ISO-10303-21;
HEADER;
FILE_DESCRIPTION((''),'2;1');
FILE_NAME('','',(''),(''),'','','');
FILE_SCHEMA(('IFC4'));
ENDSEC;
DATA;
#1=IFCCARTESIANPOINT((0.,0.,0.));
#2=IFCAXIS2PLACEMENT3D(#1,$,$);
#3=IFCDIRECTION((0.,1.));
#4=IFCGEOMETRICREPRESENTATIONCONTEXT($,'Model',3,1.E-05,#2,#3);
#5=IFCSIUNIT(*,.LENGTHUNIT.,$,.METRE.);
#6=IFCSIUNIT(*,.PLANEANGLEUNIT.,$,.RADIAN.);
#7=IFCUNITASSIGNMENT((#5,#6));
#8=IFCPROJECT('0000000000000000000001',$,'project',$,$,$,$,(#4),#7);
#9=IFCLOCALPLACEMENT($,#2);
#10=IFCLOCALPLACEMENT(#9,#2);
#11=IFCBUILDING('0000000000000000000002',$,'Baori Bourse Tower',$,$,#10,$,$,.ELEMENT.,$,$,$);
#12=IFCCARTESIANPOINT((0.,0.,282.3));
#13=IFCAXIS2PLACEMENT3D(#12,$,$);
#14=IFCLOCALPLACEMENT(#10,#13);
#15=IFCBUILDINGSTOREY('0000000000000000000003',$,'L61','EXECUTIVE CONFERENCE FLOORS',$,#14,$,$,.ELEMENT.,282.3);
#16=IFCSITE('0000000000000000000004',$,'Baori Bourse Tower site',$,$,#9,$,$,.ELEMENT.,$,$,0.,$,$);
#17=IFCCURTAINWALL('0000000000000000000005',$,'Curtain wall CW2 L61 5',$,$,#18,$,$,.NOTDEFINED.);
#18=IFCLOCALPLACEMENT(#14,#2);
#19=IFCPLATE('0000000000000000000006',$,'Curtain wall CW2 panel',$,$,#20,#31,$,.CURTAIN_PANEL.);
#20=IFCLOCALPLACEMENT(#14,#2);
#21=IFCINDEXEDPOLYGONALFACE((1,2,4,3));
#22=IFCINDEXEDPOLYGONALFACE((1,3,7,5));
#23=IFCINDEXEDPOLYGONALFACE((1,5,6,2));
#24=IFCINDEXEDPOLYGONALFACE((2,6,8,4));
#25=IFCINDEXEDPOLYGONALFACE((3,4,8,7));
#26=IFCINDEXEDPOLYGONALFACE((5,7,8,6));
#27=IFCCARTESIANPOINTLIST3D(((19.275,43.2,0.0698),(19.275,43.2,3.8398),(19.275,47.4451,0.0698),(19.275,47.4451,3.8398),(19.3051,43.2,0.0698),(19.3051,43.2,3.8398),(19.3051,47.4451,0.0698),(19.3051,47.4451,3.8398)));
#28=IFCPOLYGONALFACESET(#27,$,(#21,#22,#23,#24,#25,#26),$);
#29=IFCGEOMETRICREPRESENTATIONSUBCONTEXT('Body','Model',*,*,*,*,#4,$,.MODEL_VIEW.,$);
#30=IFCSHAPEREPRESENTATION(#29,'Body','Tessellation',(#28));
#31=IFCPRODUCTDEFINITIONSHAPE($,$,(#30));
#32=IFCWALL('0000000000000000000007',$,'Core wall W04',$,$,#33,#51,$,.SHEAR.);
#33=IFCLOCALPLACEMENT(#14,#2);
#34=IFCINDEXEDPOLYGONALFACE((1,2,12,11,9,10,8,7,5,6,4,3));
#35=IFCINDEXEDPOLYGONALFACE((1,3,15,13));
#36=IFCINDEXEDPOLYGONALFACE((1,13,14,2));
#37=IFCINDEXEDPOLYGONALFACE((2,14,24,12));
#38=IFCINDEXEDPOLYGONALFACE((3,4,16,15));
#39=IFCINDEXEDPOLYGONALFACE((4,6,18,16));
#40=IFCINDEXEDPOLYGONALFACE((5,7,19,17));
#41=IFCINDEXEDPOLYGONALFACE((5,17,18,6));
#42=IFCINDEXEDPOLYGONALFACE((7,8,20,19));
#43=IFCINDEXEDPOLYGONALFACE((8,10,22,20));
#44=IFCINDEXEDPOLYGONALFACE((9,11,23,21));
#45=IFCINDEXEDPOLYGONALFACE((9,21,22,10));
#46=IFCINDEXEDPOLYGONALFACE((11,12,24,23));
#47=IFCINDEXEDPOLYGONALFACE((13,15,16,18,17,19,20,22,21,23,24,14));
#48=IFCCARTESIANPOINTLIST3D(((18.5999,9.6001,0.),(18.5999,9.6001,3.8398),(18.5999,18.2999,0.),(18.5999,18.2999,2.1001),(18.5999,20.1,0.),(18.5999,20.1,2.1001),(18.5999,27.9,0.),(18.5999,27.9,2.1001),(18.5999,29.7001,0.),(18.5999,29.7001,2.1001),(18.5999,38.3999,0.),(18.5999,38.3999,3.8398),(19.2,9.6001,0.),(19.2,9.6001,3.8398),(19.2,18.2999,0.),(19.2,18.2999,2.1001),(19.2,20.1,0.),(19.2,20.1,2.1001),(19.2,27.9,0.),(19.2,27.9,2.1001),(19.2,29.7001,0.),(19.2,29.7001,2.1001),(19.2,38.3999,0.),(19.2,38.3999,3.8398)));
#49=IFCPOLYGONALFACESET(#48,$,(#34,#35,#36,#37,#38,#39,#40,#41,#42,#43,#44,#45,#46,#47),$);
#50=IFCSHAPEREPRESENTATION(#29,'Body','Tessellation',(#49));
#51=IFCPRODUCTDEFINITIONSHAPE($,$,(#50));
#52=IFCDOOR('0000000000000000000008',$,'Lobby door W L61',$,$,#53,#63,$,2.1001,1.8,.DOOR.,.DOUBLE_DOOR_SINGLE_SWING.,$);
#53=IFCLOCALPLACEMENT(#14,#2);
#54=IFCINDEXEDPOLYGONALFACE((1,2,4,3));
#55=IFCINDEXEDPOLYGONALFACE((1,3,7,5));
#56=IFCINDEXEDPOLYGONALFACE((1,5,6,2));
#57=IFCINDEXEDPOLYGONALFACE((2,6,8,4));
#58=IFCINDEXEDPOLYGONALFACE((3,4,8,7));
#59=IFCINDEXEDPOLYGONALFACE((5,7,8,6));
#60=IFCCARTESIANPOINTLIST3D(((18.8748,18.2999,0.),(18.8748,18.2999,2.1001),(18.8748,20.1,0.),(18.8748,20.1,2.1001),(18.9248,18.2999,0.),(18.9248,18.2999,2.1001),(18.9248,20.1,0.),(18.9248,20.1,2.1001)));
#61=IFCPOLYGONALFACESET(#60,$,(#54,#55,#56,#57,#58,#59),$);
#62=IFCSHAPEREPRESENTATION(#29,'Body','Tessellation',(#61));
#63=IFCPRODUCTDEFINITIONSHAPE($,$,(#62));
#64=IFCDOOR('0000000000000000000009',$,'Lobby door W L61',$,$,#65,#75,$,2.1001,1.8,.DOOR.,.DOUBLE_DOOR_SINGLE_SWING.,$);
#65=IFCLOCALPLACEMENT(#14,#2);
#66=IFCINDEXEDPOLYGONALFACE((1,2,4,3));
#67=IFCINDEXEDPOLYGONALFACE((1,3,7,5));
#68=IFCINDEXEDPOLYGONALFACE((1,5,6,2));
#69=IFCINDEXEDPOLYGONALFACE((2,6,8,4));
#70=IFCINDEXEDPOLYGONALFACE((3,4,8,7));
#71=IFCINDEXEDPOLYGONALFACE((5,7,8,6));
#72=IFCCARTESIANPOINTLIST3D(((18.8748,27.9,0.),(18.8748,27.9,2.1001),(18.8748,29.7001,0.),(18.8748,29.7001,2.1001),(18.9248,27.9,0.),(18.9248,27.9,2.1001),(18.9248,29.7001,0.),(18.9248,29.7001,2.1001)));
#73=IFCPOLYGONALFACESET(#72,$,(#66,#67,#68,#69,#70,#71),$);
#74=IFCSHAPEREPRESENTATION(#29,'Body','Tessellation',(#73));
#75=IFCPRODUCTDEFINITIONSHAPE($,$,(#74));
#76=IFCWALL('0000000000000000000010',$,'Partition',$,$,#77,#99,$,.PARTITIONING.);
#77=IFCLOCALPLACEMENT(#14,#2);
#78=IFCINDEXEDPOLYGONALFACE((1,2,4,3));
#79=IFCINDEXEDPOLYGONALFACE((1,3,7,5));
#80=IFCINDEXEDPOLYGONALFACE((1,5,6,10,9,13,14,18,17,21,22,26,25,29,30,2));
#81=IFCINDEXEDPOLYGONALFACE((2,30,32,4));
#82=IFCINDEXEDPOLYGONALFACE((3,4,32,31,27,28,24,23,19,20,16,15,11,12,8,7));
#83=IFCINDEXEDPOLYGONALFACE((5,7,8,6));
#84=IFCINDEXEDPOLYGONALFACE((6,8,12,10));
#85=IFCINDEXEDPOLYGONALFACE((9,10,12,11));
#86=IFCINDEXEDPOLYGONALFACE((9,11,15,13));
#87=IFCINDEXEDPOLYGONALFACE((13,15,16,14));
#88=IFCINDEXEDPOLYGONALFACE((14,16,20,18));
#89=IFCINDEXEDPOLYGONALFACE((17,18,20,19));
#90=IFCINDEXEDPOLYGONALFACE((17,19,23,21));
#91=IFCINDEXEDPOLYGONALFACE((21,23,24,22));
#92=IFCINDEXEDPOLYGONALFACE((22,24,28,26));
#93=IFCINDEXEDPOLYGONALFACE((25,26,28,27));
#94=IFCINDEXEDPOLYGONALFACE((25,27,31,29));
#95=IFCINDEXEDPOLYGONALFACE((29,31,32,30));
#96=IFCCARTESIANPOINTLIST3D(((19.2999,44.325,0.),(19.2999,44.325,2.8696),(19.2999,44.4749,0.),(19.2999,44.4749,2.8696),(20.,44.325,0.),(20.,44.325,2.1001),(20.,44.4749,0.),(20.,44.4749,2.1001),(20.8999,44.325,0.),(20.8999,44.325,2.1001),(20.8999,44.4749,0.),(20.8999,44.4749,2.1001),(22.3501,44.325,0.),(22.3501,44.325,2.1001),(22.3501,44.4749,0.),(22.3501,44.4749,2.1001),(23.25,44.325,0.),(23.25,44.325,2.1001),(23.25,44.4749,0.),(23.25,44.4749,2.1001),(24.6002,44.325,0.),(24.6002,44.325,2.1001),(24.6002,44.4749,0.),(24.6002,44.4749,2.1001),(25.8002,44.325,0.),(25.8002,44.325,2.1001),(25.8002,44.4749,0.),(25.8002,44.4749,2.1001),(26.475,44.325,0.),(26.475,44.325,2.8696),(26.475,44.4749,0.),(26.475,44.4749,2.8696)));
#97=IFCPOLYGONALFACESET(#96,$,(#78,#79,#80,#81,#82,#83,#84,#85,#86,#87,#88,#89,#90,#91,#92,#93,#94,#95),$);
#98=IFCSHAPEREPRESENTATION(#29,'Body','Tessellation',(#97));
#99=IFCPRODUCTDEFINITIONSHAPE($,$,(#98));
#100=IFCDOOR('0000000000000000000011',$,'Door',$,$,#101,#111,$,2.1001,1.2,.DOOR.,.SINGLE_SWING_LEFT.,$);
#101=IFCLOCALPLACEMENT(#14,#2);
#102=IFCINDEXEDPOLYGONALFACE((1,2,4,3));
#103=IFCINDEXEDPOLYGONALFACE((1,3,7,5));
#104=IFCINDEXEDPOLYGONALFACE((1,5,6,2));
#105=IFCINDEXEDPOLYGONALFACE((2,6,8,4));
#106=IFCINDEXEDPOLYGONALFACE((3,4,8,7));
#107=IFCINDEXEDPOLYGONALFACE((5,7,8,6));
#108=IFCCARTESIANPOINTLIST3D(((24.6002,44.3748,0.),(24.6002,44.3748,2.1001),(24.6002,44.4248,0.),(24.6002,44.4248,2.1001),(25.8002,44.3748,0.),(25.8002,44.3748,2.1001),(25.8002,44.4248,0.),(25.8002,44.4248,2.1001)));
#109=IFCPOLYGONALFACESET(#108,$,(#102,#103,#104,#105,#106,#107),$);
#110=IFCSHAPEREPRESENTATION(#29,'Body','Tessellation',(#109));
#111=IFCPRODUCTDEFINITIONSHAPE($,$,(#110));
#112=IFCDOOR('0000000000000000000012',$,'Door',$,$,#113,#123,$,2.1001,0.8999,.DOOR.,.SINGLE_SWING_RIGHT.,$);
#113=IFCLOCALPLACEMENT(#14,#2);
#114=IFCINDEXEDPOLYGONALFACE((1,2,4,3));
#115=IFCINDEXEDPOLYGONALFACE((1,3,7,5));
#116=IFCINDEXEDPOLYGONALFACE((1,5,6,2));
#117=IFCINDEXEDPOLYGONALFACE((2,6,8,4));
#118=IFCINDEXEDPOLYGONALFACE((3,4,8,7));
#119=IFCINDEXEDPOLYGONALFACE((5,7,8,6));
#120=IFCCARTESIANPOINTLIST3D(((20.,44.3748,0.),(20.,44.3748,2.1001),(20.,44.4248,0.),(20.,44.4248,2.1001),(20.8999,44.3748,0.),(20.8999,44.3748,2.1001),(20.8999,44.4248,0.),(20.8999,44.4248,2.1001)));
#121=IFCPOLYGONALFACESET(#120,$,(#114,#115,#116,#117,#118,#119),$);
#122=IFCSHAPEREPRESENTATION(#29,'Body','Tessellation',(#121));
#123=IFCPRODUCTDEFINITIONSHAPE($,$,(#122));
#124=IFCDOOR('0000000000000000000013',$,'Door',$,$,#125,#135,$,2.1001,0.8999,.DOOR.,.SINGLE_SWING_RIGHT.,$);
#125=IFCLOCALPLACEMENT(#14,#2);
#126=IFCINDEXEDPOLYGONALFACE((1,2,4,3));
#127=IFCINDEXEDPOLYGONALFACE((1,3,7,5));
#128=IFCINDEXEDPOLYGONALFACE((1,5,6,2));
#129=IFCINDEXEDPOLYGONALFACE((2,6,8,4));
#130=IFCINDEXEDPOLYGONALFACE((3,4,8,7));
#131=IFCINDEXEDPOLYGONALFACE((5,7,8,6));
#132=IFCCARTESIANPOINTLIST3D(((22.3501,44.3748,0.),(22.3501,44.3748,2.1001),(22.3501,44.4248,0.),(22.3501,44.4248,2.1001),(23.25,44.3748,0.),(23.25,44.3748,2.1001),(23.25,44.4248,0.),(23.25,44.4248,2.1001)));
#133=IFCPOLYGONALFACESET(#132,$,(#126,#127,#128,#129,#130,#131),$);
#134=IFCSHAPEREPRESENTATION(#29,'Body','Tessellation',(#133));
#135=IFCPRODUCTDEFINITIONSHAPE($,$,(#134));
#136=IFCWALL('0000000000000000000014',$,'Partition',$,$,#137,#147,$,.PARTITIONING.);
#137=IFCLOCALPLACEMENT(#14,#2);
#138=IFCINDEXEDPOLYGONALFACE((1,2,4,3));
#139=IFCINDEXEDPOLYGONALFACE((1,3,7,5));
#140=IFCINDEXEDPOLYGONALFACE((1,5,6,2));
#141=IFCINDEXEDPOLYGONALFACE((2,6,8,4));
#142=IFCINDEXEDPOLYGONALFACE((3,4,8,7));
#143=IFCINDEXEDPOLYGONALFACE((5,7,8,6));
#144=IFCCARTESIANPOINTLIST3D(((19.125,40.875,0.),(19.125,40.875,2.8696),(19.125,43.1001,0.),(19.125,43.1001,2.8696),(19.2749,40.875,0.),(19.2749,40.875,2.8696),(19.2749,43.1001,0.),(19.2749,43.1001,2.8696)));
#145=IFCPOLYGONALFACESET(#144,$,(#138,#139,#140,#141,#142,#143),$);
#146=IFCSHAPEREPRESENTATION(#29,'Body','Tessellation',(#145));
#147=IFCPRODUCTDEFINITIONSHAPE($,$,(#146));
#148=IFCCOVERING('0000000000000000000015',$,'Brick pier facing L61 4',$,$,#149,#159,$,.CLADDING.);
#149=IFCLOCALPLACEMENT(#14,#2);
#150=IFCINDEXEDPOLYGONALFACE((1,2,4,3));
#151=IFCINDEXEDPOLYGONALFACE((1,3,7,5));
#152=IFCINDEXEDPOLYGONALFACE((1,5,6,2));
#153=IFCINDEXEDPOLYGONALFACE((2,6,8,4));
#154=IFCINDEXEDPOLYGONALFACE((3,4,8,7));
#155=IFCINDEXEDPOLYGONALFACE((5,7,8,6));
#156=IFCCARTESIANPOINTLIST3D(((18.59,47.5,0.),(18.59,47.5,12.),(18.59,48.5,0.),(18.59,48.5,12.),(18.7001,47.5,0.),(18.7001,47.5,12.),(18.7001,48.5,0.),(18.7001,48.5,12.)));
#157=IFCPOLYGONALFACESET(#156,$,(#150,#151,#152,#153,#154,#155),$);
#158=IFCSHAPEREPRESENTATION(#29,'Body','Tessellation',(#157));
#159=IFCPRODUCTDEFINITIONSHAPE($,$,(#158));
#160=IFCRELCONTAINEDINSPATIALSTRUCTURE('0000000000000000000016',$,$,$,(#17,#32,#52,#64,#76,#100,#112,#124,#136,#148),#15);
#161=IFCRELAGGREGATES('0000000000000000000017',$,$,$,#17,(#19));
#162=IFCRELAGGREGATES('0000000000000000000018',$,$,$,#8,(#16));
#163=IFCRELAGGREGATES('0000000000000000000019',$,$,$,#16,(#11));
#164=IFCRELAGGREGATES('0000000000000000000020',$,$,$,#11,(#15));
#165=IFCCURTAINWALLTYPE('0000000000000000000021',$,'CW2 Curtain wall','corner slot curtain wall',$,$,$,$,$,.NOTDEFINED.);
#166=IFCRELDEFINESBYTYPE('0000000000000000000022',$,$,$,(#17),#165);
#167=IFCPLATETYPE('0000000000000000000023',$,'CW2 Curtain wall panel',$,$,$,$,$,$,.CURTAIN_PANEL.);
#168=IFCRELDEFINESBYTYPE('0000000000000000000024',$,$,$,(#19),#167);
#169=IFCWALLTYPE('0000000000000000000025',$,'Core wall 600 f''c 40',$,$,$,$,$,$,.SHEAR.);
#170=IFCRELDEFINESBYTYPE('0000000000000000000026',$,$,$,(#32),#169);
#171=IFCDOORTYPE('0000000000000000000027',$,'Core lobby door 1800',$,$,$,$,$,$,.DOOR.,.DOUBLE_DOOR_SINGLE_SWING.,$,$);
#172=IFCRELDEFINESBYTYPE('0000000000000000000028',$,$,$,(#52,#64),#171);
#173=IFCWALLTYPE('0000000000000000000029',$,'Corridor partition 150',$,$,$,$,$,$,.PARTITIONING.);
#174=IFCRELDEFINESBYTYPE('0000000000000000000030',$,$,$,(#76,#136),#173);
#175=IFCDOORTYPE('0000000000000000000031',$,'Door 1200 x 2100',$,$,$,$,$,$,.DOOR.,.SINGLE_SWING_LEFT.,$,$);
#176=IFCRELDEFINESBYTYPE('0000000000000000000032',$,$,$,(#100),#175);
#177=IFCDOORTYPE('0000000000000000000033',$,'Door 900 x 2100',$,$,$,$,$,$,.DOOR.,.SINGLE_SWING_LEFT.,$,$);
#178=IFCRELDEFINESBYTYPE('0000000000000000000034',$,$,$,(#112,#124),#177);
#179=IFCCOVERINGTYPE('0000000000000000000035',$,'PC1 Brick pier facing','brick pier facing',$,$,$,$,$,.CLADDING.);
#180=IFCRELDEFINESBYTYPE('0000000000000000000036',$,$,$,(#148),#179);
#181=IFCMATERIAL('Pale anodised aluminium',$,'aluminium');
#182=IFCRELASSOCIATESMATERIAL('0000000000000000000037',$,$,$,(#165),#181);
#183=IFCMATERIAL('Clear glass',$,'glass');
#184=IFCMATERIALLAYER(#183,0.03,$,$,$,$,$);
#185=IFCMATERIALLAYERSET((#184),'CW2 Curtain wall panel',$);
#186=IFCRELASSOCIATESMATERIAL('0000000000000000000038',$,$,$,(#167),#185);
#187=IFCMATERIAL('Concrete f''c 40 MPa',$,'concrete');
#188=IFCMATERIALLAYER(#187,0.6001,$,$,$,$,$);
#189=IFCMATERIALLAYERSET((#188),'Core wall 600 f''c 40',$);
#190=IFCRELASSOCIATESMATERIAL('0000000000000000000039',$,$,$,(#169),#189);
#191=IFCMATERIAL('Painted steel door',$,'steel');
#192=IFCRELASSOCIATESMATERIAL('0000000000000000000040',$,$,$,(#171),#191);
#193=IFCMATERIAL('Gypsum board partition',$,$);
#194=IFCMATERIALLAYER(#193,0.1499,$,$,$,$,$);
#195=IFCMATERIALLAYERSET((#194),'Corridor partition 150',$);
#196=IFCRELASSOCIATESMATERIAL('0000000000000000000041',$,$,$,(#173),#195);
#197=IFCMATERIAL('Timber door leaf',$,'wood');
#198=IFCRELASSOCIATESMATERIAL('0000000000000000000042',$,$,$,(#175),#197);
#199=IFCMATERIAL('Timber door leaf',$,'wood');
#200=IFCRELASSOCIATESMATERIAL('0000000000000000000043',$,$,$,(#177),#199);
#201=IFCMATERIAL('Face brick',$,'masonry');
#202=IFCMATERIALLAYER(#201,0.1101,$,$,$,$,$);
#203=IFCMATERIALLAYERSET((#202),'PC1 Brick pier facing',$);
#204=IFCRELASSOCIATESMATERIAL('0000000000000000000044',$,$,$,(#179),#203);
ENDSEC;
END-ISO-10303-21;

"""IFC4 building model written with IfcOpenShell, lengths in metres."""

from ifc_helpers import new_model, si_unit, direction, frame, frame_2d, origin, origin_2d, place, context, subcontext, project, spatial, rectangle, extrude, material, layer, layer_set, type_object, element, fill, aggregate, save


model = new_model("IFC4")

# Units and contexts
model_context = context("Model", 3, precision=1e-05, world=origin(), true_north=direction((0.0, 1.0)))
body_context = subcontext(model_context, "Body", "Model", "MODEL_VIEW")
ifc_project = project(units=[si_unit("LENGTHUNIT", "METRE"), si_unit("PLANEANGLEUNIT", "RADIAN")], contexts=[model_context])

# Site, building, storey
site_placement = place(None, origin())
site = spatial("IfcSite", under=ifc_project, at=site_placement, Name="Baori Bourse Tower site", CompositionType="ELEMENT", RefElevation=0.0)
building_placement = place(site_placement, origin())
building = spatial("IfcBuilding", under=site, at=building_placement, Name="Baori Bourse Tower", CompositionType="ELEMENT")
storey_placement = place(building_placement, frame((0.0, 0.0, 282.3)))
storey = spatial("IfcBuildingStorey", under=building, at=storey_placement, Name="L61", Description="EXECUTIVE CONFERENCE FLOORS", CompositionType="ELEMENT", Elevation=282.3)

# Curtain wall
ifc_material_1 = material(Name="Pale anodised aluminium", Category="aluminium")
curtain_wall_type = type_object("IfcCurtainWallType", Name="CW2 Curtain wall", Description="corner slot curtain wall", PredefinedType="NOTDEFINED", material=ifc_material_1)
curtain_wall_1_placement = place(storey_placement, origin())
curtain_wall_1 = element("IfcCurtainWall", 1, at=curtain_wall_1_placement, inside=storey, type_object=curtain_wall_type, Name="Curtain wall CW2 L61 5", PredefinedType="NOTDEFINED")

# Plate
ifc_material_2 = material(Name="Clear glass", Category="glass")
ifc_layer_1 = layer(ifc_material_2, 0.03)
ifc_layer_set_1 = layer_set([ifc_layer_1], Name="CW2 Curtain wall panel")
plate_type = type_object("IfcPlateType", Name="CW2 Curtain wall panel", PredefinedType="CURTAIN_PANEL", material=ifc_layer_set_1)
plate_placement = place(storey_placement, frame((19.29, 45.3225, 0.0698), z_axis=(0.0, 0.0, 1.0), x_axis=(0.0, -1.0, 0.0)))
plate = element("IfcPlate", 2, at=plate_placement, type_object=plate_type, Name="Curtain wall CW2 panel", PredefinedType="CURTAIN_PANEL", context=body_context, shape_type="SweptSolid", body=[
    extrude(rectangle(XDim=4.2451, YDim=0.03, at=origin_2d()), origin(), (0.0, 0.0, 1.0), 3.77),
])
aggregate(curtain_wall_1, [plate])

# Walls, openings, doors
ifc_material_3 = material(Name="Concrete f'c 40 MPa", Category="concrete")
ifc_layer_2 = layer(ifc_material_3, 0.6001)
ifc_layer_set_2 = layer_set([ifc_layer_2], Name="Core wall 600 f'c 40")
wall_type_1 = type_object("IfcWallType", Name="Core wall 600 f'c 40", PredefinedType="SHEAR", material=ifc_layer_set_2)
wall_1_placement = place(storey_placement, frame((18.8999, 38.3999, 0.0), z_axis=(0.0, 0.0, 1.0), x_axis=(0.0, -1.0, 0.0)))
wall_1 = element("IfcWall", 3, at=wall_1_placement, inside=storey, type_object=wall_type_1, Name="Core wall W04", PredefinedType="SHEAR", context=body_context, shape_type="SweptSolid", body=[
    extrude(rectangle(XDim=28.7998, YDim=0.6001, at=frame_2d((14.3999, 0.0))), origin(), (0.0, 0.0, 1.0), 3.8398),
])
opening_1_placement = place(wall_1_placement, frame((18.3, 0.0, 0.0)))
opening_1 = element("IfcOpeningElement", 4, at=opening_1_placement, cuts=wall_1, PredefinedType="OPENING", context=body_context, shape_type="SweptSolid", body=[
    extrude(rectangle(XDim=1.8, YDim=2.1001, at=frame_2d((0.8999, 1.05))), frame((0.0, 0.3101, 0.0), z_axis=(0.0, -1.0, 0.0), x_axis=(1.0, 0.0, 0.0)), (0.0, 0.0, 1.0), 0.6201),
])
opening_2_placement = place(wall_1_placement, frame((8.7, 0.0, 0.0)))
opening_2 = element("IfcOpeningElement", 5, at=opening_2_placement, cuts=wall_1, PredefinedType="OPENING", context=body_context, shape_type="SweptSolid", body=[
    extrude(rectangle(XDim=1.8, YDim=2.1001, at=frame_2d((0.8999, 1.05))), frame((0.0, 0.3101, 0.0), z_axis=(0.0, -1.0, 0.0), x_axis=(1.0, 0.0, 0.0)), (0.0, 0.0, 1.0), 0.6201),
])
ifc_material_4 = material(Name="Painted steel door", Category="steel")
door_type_1 = type_object("IfcDoorType", Name="Core lobby door 1800", OperationType="DOUBLE_DOOR_SINGLE_SWING", PredefinedType="DOOR", material=ifc_material_4)
door_1_placement = place(opening_1_placement, origin())
door_1 = element("IfcDoor", 6, at=door_1_placement, inside=storey, type_object=door_type_1, Name="Lobby door W L61", OperationType="DOUBLE_DOOR_SINGLE_SWING", OverallHeight=2.1001, OverallWidth=1.8, PredefinedType="DOOR", context=body_context, shape_type="SweptSolid", body=[
    extrude(rectangle(XDim=1.8, YDim=2.1001, at=frame_2d((0.8999, 1.05))), frame((0.0, 0.0249, 0.0), z_axis=(0.0, -1.0, 0.0), x_axis=(1.0, 0.0, 0.0)), (0.0, 0.0, 1.0), 0.05),
])
fill(opening_1, door_1)
door_2_placement = place(opening_2_placement, origin())
door_2 = element("IfcDoor", 7, at=door_2_placement, inside=storey, type_object=door_type_1, Name="Lobby door W L61", OperationType="DOUBLE_DOOR_SINGLE_SWING", OverallHeight=2.1001, OverallWidth=1.8, PredefinedType="DOOR", context=body_context, shape_type="SweptSolid", body=[
    extrude(rectangle(XDim=1.8, YDim=2.1001, at=frame_2d((0.8999, 1.05))), frame((0.0, 0.0249, 0.0), z_axis=(0.0, -1.0, 0.0), x_axis=(1.0, 0.0, 0.0)), (0.0, 0.0, 1.0), 0.05),
])
fill(opening_2, door_2)
ifc_material_5 = material(Name="Gypsum board partition")
ifc_layer_3 = layer(ifc_material_5, 0.1499)
ifc_layer_set_3 = layer_set([ifc_layer_3], Name="Corridor partition 150")
wall_type_2 = type_object("IfcWallType", Name="Corridor partition 150", PredefinedType="PARTITIONING", material=ifc_layer_set_3)
wall_2_placement = place(storey_placement, frame((19.3, 44.3999, 0.0), z_axis=(0.0, 0.0, 1.0), x_axis=(1.0, 0.0, 0.0)))
wall_2 = element("IfcWall", 8, at=wall_2_placement, inside=storey, type_object=wall_type_2, Name="Partition", PredefinedType="PARTITIONING", context=body_context, shape_type="SweptSolid", body=[
    extrude(rectangle(XDim=7.175, YDim=0.1499, at=frame_2d((3.5874, 0.0))), origin(), (0.0, 0.0, 1.0), 2.8696),
])
opening_3_placement = place(wall_2_placement, frame((0.7, 0.0, 0.0)))
opening_3 = element("IfcOpeningElement", 9, at=opening_3_placement, cuts=wall_2, PredefinedType="OPENING", context=body_context, shape_type="SweptSolid", body=[
    extrude(rectangle(XDim=0.8999, YDim=2.1001, at=frame_2d((0.45, 1.05))), frame((0.0, 0.085, 0.0), z_axis=(0.0, -1.0, 0.0), x_axis=(1.0, 0.0, 0.0)), (0.0, 0.0, 1.0), 0.1699),
])
opening_4_placement = place(wall_2_placement, frame((3.05, 0.0, 0.0)))
opening_4 = element("IfcOpeningElement", 10, at=opening_4_placement, cuts=wall_2, PredefinedType="OPENING", context=body_context, shape_type="SweptSolid", body=[
    extrude(rectangle(XDim=0.8999, YDim=2.1001, at=frame_2d((0.45, 1.05))), frame((0.0, 0.085, 0.0), z_axis=(0.0, -1.0, 0.0), x_axis=(1.0, 0.0, 0.0)), (0.0, 0.0, 1.0), 0.1699),
])
opening_5_placement = place(wall_2_placement, frame((5.3, 0.0, 0.0)))
opening_5 = element("IfcOpeningElement", 11, at=opening_5_placement, cuts=wall_2, PredefinedType="OPENING", context=body_context, shape_type="SweptSolid", body=[
    extrude(rectangle(XDim=1.2, YDim=2.1001, at=frame_2d((0.6001, 1.05))), frame((0.0, 0.085, 0.0), z_axis=(0.0, -1.0, 0.0), x_axis=(1.0, 0.0, 0.0)), (0.0, 0.0, 1.0), 0.1699),
])
ifc_material_6 = material(Name="Timber door leaf", Category="wood")
door_type_2 = type_object("IfcDoorType", Name="Door 1200 x 2100", OperationType="SINGLE_SWING_LEFT", PredefinedType="DOOR", material=ifc_material_6)
door_3_placement = place(opening_5_placement, origin())
door_3 = element("IfcDoor", 12, at=door_3_placement, inside=storey, type_object=door_type_2, Name="Door", OperationType="SINGLE_SWING_LEFT", OverallHeight=2.1001, OverallWidth=1.2, PredefinedType="DOOR", context=body_context, shape_type="SweptSolid", body=[
    extrude(rectangle(XDim=1.2, YDim=2.1001, at=frame_2d((0.6001, 1.05))), frame((0.0, 0.0249, 0.0), z_axis=(0.0, -1.0, 0.0), x_axis=(1.0, 0.0, 0.0)), (0.0, 0.0, 1.0), 0.05),
])
fill(opening_5, door_3)
ifc_material_7 = material(Name="Timber door leaf", Category="wood")
door_type_3 = type_object("IfcDoorType", Name="Door 900 x 2100", OperationType="SINGLE_SWING_LEFT", PredefinedType="DOOR", material=ifc_material_7)
door_4_placement = place(opening_3_placement, origin())
door_4 = element("IfcDoor", 13, at=door_4_placement, inside=storey, type_object=door_type_3, Name="Door", OperationType="SINGLE_SWING_RIGHT", OverallHeight=2.1001, OverallWidth=0.8999, PredefinedType="DOOR", context=body_context, shape_type="SweptSolid", body=[
    extrude(rectangle(XDim=0.8999, YDim=2.1001, at=frame_2d((0.45, 1.05))), frame((0.0, 0.0249, 0.0), z_axis=(0.0, -1.0, 0.0), x_axis=(1.0, 0.0, 0.0)), (0.0, 0.0, 1.0), 0.05),
])
fill(opening_3, door_4)
door_5_placement = place(opening_4_placement, origin())
door_5 = element("IfcDoor", 14, at=door_5_placement, inside=storey, type_object=door_type_3, Name="Door", OperationType="SINGLE_SWING_RIGHT", OverallHeight=2.1001, OverallWidth=0.8999, PredefinedType="DOOR", context=body_context, shape_type="SweptSolid", body=[
    extrude(rectangle(XDim=0.8999, YDim=2.1001, at=frame_2d((0.45, 1.05))), frame((0.0, 0.0249, 0.0), z_axis=(0.0, -1.0, 0.0), x_axis=(1.0, 0.0, 0.0)), (0.0, 0.0, 1.0), 0.05),
])
fill(opening_4, door_5)

# Wall
wall_3_placement = place(storey_placement, frame((19.2, 40.875, 0.0), z_axis=(0.0, 0.0, 1.0), x_axis=(0.0, 1.0, 0.0)))
element("IfcWall", 15, at=wall_3_placement, inside=storey, type_object=wall_type_2, Name="Partition", PredefinedType="PARTITIONING", context=body_context, shape_type="SweptSolid", body=[
    extrude(rectangle(XDim=2.2251, YDim=0.1499, at=frame_2d((1.1125, 0.0))), origin(), (0.0, 0.0, 1.0), 2.8696),
])

# Covering
ifc_material_8 = material(Name="Face brick", Category="masonry")
ifc_layer_4 = layer(ifc_material_8, 0.1101)
ifc_layer_set_4 = layer_set([ifc_layer_4], Name="PC1 Brick pier facing")
covering_type = type_object("IfcCoveringType", Name="PC1 Brick pier facing", Description="brick pier facing", PredefinedType="CLADDING", material=ifc_layer_set_4)
covering_placement = place(storey_placement, frame((18.645, 48.0, 0.0), z_axis=(0.0, 0.0, 1.0), x_axis=(1.0, 0.0, 0.0)))
element("IfcCovering", 16, at=covering_placement, inside=storey, type_object=covering_type, Name="Brick pier facing L61 4", PredefinedType="CLADDING", context=body_context, shape_type="SweptSolid", body=[
    extrude(rectangle(XDim=0.1101, YDim=1.0, at=origin_2d()), origin(), (0.0, 0.0, 1.0), 12.0),
])

save(model, "model.ifc")
